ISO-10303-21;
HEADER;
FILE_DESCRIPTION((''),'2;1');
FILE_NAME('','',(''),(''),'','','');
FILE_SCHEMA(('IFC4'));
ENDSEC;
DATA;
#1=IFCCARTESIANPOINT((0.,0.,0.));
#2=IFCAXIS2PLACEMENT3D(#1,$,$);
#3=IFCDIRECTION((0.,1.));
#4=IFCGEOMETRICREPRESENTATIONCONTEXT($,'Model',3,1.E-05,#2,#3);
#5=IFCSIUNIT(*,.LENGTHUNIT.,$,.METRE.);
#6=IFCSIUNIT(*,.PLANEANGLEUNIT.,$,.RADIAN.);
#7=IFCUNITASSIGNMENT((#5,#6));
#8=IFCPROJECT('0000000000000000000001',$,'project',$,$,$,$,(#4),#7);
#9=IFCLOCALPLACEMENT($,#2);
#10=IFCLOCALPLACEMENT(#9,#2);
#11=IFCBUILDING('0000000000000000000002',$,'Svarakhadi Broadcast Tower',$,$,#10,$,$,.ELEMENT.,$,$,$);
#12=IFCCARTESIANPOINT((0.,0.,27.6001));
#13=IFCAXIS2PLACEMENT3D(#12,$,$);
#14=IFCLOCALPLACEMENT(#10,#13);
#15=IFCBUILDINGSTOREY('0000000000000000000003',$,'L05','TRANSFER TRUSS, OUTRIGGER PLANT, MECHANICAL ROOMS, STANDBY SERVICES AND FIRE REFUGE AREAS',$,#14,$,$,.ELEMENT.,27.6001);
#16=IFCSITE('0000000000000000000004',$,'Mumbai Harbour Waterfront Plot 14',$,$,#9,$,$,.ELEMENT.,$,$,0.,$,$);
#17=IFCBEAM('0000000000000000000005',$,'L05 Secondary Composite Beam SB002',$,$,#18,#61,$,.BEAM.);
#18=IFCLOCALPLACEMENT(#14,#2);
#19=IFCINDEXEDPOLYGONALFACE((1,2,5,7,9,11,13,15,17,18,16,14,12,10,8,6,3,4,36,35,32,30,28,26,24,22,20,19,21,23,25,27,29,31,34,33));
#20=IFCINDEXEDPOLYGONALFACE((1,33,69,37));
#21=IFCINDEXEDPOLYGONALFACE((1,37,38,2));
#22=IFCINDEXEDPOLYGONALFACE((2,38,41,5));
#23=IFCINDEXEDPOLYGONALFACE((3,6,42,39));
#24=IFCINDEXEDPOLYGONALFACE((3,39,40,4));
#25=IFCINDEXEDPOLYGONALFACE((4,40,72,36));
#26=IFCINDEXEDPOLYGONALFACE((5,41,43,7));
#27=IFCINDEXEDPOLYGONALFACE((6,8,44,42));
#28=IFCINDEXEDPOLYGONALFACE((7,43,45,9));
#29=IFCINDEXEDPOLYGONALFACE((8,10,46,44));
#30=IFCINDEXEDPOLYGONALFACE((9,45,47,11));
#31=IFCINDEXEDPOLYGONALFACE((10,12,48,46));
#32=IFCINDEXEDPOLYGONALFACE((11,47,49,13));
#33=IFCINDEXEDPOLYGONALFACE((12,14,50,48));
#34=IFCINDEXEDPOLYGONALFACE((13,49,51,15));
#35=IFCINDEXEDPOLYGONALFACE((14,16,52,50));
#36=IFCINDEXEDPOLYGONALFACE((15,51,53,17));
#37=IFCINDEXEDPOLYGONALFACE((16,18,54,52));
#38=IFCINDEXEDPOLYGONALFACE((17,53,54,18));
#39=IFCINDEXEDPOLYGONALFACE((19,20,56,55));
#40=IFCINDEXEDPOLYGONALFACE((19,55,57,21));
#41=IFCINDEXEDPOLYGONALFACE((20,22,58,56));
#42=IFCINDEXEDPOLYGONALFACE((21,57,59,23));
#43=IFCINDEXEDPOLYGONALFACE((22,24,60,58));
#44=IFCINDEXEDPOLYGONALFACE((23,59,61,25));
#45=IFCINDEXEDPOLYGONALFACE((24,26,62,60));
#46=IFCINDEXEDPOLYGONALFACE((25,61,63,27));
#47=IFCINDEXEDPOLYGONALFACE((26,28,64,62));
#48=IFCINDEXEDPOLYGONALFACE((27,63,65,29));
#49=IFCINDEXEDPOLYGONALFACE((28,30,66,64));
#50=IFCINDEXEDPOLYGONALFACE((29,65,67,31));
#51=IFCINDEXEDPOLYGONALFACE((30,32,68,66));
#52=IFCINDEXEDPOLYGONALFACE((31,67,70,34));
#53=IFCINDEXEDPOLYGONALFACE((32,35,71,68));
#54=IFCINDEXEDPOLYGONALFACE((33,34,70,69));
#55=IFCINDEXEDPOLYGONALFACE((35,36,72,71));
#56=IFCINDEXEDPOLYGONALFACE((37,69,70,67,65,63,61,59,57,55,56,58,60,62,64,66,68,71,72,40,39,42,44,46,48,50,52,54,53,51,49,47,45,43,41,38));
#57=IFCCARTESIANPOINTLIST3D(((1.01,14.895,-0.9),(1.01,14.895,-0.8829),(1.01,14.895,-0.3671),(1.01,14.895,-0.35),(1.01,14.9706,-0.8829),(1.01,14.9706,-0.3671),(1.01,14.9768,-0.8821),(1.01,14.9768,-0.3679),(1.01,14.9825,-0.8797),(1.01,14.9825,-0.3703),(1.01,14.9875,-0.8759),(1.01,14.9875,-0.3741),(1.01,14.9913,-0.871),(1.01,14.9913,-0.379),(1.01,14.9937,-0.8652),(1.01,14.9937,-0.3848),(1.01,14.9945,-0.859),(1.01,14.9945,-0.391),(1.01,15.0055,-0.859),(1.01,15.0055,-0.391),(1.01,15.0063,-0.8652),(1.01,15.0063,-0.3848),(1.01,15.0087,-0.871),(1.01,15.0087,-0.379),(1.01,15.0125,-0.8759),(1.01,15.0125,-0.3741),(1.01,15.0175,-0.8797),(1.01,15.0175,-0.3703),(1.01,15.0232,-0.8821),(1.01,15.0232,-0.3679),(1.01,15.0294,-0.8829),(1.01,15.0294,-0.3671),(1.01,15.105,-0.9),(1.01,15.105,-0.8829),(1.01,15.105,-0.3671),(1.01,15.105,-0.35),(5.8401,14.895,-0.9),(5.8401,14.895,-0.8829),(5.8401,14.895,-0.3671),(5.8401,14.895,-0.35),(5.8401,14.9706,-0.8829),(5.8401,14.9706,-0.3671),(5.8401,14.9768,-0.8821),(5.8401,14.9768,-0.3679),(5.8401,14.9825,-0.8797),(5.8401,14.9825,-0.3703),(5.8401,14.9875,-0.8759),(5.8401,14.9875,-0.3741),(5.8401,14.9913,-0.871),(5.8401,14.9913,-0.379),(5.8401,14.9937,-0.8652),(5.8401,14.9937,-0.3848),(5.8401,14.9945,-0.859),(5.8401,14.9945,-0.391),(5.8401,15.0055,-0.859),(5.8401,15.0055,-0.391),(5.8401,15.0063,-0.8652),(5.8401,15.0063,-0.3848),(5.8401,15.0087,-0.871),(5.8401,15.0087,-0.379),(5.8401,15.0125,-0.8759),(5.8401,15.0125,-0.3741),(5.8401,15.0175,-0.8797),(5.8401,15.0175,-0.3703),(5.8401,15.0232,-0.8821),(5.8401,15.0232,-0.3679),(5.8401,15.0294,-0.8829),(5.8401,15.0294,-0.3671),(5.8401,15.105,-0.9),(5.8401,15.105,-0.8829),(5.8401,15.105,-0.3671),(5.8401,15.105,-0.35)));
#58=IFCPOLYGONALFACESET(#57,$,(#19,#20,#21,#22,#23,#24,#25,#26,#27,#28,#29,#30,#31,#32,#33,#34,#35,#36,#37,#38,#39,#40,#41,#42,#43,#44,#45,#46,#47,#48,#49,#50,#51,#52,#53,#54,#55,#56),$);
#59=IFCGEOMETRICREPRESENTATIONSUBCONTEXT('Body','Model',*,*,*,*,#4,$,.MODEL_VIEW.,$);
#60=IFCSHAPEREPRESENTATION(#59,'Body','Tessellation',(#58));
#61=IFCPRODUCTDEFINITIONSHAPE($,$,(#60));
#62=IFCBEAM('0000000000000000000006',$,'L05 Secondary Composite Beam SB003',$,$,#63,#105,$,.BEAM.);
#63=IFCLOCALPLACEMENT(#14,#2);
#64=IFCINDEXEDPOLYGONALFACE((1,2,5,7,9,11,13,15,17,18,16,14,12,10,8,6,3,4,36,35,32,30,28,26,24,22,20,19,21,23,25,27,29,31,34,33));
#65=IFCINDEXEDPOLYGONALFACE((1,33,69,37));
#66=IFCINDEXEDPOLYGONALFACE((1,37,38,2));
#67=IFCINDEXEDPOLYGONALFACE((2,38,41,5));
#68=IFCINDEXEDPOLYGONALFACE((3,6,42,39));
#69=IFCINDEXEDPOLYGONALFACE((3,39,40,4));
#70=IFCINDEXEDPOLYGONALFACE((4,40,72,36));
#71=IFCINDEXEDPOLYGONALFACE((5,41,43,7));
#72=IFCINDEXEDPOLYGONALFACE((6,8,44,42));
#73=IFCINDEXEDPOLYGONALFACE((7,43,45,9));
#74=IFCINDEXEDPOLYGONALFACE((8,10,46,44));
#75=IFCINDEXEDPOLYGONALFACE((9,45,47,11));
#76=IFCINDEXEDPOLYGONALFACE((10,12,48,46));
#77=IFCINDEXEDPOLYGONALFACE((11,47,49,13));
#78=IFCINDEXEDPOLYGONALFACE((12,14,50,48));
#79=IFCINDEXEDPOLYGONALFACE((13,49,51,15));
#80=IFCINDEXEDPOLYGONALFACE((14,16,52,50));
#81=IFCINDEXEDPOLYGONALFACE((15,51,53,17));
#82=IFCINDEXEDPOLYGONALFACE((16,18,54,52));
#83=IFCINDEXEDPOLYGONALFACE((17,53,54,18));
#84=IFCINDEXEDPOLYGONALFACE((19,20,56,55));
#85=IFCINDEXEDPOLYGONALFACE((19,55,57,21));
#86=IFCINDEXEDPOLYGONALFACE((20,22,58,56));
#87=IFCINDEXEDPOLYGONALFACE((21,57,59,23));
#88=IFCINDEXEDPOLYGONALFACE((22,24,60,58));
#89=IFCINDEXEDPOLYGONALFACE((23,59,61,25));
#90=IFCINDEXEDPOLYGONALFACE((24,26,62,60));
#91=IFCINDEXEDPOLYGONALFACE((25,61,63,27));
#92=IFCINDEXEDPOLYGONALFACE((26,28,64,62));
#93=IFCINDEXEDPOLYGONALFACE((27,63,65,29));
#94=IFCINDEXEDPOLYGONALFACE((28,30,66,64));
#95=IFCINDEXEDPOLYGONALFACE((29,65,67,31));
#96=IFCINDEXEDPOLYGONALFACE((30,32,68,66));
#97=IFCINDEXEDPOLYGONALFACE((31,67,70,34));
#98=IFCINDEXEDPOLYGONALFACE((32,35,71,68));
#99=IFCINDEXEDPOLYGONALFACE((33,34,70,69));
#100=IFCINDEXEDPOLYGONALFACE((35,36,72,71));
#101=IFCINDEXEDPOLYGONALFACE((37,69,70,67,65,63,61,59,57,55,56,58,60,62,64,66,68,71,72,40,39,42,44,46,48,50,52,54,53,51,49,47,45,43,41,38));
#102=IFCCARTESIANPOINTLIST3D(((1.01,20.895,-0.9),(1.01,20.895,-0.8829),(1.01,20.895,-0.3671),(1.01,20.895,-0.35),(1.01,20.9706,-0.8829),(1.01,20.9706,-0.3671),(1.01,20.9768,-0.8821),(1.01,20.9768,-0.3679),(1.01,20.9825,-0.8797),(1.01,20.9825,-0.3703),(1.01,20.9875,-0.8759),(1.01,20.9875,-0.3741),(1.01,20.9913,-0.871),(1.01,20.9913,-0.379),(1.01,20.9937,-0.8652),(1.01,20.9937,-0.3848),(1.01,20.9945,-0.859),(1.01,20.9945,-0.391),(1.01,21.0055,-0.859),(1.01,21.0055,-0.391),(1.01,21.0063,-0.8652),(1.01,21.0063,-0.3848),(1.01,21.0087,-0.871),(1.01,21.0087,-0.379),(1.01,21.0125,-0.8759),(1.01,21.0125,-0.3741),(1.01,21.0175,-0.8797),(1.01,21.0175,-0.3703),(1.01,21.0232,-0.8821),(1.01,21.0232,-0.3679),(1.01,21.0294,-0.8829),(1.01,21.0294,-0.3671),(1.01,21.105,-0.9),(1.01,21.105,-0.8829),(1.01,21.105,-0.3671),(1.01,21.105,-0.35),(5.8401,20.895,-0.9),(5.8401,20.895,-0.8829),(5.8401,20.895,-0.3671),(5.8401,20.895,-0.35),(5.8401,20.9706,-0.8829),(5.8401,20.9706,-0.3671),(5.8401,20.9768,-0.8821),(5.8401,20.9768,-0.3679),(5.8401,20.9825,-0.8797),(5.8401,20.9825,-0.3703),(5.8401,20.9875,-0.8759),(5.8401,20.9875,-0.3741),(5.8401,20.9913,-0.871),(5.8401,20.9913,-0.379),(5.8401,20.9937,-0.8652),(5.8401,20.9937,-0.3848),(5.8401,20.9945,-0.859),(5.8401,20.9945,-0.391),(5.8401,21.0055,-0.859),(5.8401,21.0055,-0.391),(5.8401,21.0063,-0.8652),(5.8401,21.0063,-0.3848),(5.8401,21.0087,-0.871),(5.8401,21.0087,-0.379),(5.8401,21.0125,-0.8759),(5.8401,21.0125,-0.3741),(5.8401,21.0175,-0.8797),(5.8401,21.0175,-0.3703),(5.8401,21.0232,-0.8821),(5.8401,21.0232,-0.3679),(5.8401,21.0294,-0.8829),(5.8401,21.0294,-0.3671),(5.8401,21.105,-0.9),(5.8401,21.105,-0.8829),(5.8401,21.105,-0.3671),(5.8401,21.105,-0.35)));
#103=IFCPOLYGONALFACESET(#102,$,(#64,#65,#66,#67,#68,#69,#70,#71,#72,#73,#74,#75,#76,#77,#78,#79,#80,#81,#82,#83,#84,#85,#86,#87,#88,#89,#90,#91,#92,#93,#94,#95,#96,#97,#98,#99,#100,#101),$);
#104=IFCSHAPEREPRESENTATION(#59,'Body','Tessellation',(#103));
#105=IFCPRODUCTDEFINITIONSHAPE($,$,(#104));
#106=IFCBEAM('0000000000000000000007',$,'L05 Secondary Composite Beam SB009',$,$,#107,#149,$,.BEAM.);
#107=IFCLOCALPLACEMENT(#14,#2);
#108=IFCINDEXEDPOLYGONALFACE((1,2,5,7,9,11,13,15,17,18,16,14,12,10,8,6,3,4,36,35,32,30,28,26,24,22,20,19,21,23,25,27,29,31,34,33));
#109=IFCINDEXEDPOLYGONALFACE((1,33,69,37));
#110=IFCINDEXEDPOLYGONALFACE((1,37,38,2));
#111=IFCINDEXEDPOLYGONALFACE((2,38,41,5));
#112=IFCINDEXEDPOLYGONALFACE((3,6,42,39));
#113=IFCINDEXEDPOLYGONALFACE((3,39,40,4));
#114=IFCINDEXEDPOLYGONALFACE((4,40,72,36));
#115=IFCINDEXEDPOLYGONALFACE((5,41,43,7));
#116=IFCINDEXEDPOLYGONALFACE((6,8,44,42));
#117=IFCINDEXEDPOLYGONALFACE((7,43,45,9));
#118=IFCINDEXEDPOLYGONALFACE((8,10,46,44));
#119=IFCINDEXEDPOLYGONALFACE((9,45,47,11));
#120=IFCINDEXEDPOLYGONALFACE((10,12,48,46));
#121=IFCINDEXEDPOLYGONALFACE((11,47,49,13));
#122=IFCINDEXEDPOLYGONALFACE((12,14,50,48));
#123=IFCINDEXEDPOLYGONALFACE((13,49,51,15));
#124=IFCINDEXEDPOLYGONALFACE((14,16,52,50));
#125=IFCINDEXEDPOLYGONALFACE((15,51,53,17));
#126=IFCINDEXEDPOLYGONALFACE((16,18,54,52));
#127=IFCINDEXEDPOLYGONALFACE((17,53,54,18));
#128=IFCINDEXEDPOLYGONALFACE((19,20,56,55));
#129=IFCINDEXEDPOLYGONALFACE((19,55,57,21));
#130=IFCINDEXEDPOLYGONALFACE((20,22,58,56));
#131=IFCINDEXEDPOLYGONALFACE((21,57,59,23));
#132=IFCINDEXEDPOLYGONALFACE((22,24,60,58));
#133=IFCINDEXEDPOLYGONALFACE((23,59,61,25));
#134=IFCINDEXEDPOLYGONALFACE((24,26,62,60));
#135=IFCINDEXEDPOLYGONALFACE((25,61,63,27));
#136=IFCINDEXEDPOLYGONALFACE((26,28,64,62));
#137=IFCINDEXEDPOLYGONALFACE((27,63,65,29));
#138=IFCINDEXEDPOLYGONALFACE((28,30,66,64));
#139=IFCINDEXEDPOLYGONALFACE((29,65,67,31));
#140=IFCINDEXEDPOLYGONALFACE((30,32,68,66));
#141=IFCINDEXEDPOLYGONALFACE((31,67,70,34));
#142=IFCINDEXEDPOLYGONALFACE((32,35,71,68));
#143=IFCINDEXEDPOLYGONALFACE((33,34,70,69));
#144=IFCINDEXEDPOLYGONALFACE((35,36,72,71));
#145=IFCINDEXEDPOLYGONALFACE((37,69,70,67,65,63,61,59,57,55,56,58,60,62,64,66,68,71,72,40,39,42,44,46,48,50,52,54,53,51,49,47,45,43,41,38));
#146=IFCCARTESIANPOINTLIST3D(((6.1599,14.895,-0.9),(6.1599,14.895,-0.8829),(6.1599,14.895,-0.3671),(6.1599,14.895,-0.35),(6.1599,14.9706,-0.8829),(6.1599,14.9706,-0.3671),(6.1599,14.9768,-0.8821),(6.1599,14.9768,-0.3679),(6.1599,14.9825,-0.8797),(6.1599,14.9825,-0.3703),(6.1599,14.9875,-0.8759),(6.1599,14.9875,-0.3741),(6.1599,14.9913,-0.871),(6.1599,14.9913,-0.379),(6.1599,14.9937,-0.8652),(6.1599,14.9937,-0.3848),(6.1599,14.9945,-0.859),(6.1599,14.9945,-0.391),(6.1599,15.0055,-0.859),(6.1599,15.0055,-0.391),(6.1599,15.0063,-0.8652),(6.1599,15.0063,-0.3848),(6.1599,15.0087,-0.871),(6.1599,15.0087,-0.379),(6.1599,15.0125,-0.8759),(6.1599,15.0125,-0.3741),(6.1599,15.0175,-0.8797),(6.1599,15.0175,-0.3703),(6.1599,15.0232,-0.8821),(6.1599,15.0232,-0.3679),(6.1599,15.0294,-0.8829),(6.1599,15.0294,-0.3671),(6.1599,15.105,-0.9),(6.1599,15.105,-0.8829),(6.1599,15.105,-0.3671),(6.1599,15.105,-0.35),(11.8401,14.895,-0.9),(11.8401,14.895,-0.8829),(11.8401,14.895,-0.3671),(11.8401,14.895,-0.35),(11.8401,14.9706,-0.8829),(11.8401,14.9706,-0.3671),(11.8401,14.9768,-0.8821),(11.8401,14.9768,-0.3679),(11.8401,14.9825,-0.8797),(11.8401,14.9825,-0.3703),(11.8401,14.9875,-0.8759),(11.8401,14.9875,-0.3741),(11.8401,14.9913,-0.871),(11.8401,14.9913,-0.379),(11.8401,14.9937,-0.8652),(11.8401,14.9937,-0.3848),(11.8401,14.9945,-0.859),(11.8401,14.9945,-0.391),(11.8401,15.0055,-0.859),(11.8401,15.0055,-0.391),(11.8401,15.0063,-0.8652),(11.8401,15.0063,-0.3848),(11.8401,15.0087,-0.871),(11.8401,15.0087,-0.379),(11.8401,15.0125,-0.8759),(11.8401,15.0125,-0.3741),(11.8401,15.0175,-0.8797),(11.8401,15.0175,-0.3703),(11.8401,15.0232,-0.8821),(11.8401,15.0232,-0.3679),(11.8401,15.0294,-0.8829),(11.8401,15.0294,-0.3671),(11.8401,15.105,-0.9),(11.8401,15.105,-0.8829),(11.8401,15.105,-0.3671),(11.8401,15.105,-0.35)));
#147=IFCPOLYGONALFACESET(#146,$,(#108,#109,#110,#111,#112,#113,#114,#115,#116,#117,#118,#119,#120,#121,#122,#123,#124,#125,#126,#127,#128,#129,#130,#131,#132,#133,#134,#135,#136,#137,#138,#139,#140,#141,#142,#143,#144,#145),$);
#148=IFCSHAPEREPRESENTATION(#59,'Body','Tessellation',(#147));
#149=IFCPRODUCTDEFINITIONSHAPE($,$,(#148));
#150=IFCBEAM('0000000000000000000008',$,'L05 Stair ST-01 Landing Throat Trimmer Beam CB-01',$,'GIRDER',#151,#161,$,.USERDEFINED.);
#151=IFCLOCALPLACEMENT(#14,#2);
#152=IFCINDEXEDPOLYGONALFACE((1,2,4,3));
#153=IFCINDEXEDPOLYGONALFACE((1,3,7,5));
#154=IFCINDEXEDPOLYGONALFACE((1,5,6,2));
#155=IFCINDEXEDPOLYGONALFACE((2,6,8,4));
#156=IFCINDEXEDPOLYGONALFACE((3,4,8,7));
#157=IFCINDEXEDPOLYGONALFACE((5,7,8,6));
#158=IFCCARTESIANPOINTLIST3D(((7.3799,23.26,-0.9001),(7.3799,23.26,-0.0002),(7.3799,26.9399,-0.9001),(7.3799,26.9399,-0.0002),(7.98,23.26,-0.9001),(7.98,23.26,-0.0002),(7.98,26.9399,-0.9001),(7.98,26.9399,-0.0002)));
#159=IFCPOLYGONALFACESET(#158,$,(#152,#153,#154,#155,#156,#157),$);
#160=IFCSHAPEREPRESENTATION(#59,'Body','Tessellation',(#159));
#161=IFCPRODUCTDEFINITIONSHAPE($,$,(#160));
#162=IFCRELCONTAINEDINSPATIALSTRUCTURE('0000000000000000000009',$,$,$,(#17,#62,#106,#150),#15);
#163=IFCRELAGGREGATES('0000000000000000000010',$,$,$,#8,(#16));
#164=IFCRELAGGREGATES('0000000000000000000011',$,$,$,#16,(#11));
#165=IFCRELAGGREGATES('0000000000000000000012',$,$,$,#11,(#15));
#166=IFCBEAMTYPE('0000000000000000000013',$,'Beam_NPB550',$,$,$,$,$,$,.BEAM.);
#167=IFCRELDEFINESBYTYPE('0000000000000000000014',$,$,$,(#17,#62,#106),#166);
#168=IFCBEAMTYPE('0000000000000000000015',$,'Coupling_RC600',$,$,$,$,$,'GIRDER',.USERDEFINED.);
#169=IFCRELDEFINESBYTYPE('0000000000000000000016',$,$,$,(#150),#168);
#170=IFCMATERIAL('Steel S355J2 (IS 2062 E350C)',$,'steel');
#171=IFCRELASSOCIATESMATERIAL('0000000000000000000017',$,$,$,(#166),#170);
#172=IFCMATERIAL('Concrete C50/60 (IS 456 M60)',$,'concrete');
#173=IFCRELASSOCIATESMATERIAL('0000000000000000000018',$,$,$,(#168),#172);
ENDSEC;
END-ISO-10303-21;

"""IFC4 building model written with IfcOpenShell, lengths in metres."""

from ifc_helpers import new_model, si_unit, direction, frame, origin, origin_2d, place, context, subcontext, project, spatial, rectangle, i_section, extrude, material, material_profile, profile_set, type_object, element, save


model = new_model("IFC4")

# Units and contexts
model_context = context("Model", 3, precision=1e-05, world=origin(), true_north=direction((0.0, 1.0)))
body_context = subcontext(model_context, "Body", "Model", "MODEL_VIEW")
ifc_project = project(units=[si_unit("LENGTHUNIT", "METRE"), si_unit("PLANEANGLEUNIT", "RADIAN")], contexts=[model_context])

# Site, building, storey
site_placement = place(None, origin())
site = spatial("IfcSite", under=ifc_project, at=site_placement, Name="Mumbai Harbour Waterfront Plot 14", CompositionType="ELEMENT", RefElevation=0.0)
building_placement = place(site_placement, origin())
building = spatial("IfcBuilding", under=site, at=building_placement, Name="Svarakhadi Broadcast Tower", CompositionType="ELEMENT")
storey_placement = place(building_placement, frame((0.0, 0.0, 27.6001)))
storey = spatial("IfcBuildingStorey", under=building, at=storey_placement, Name="L05", Description="TRANSFER TRUSS, OUTRIGGER PLANT, MECHANICAL ROOMS, STANDBY SERVICES AND FIRE REFUGE AREAS", CompositionType="ELEMENT", Elevation=27.6001)

# Beams
ifc_material_1 = material(Name="Steel S355J2 (IS 2062 E350C)", Category="steel")
ifc_material_profile_1 = material_profile(ifc_material_1, i_section(OverallWidth=0.21, OverallDepth=0.55, WebThickness=0.011, FlangeThickness=0.0171, FilletRadius=0.0239, at=origin_2d()), Name="NPB 550x210x106")
ifc_profile_set_1 = profile_set([ifc_material_profile_1], Name="Steel S355J2 (IS 2062 E350C)")
beam_type_1 = type_object("IfcBeamType", Name="Beam_NPB550", PredefinedType="BEAM", material=ifc_profile_set_1)
for number, where, z_axis, x_axis, name in (
    (1, (1.01, 15.0, -0.625), (1.0, 0.0, 0.0), (0.0, 1.0, 0.0), "L05 Secondary Composite Beam SB002"),
    (2, (1.01, 21.0, -0.625), (1.0, 0.0, 0.0), (0.0, 1.0, 0.0), "L05 Secondary Composite Beam SB003"),
):
    element("IfcBeam", number, at=place(storey_placement, frame(where, z_axis=z_axis, x_axis=x_axis)), inside=storey, type_object=beam_type_1, Name=name, PredefinedType="BEAM", context=body_context, shape_type="SweptSolid", body=[
        extrude(i_section(OverallWidth=0.21, OverallDepth=0.55, WebThickness=0.011, FlangeThickness=0.0171, FilletRadius=0.0239, at=origin_2d()), origin(), (0.0, 0.0, 1.0), 4.8301),
    ])
beam_1_placement = place(storey_placement, frame((6.1599, 15.0, -0.625), z_axis=(1.0, 0.0, 0.0), x_axis=(0.0, 1.0, 0.0)))
element("IfcBeam", 3, at=beam_1_placement, inside=storey, type_object=beam_type_1, Name="L05 Secondary Composite Beam SB009", PredefinedType="BEAM", context=body_context, shape_type="SweptSolid", body=[
    extrude(i_section(OverallWidth=0.21, OverallDepth=0.55, WebThickness=0.011, FlangeThickness=0.0171, FilletRadius=0.0239, at=origin_2d()), origin(), (0.0, 0.0, 1.0), 5.6802),
])
ifc_material_2 = material(Name="Concrete C50/60 (IS 456 M60)", Category="concrete")
ifc_material_profile_2 = material_profile(ifc_material_2, rectangle(XDim=0.6001, YDim=0.8999, at=origin_2d()), Name="RC 600x900")
ifc_profile_set_2 = profile_set([ifc_material_profile_2], Name="Concrete C50/60 (IS 456 M60)")
beam_type_2 = type_object("IfcBeamType", Name="Coupling_RC600", ElementType="GIRDER", PredefinedType="USERDEFINED", material=ifc_profile_set_2)
beam_2_placement = place(storey_placement, frame((7.6799, 23.26, -0.4502), z_axis=(0.0, 1.0, 0.0), x_axis=(-1.0, 0.0, 0.0)))
element("IfcBeam", 4, at=beam_2_placement, inside=storey, type_object=beam_type_2, Name="L05 Stair ST-01 Landing Throat Trimmer Beam CB-01", ObjectType="GIRDER", PredefinedType="USERDEFINED", context=body_context, shape_type="SweptSolid", body=[
    extrude(rectangle(XDim=0.6001, YDim=0.8999, at=origin_2d()), origin(), (0.0, 0.0, 1.0), 3.6799),
])

save(model, "model.ifc")
